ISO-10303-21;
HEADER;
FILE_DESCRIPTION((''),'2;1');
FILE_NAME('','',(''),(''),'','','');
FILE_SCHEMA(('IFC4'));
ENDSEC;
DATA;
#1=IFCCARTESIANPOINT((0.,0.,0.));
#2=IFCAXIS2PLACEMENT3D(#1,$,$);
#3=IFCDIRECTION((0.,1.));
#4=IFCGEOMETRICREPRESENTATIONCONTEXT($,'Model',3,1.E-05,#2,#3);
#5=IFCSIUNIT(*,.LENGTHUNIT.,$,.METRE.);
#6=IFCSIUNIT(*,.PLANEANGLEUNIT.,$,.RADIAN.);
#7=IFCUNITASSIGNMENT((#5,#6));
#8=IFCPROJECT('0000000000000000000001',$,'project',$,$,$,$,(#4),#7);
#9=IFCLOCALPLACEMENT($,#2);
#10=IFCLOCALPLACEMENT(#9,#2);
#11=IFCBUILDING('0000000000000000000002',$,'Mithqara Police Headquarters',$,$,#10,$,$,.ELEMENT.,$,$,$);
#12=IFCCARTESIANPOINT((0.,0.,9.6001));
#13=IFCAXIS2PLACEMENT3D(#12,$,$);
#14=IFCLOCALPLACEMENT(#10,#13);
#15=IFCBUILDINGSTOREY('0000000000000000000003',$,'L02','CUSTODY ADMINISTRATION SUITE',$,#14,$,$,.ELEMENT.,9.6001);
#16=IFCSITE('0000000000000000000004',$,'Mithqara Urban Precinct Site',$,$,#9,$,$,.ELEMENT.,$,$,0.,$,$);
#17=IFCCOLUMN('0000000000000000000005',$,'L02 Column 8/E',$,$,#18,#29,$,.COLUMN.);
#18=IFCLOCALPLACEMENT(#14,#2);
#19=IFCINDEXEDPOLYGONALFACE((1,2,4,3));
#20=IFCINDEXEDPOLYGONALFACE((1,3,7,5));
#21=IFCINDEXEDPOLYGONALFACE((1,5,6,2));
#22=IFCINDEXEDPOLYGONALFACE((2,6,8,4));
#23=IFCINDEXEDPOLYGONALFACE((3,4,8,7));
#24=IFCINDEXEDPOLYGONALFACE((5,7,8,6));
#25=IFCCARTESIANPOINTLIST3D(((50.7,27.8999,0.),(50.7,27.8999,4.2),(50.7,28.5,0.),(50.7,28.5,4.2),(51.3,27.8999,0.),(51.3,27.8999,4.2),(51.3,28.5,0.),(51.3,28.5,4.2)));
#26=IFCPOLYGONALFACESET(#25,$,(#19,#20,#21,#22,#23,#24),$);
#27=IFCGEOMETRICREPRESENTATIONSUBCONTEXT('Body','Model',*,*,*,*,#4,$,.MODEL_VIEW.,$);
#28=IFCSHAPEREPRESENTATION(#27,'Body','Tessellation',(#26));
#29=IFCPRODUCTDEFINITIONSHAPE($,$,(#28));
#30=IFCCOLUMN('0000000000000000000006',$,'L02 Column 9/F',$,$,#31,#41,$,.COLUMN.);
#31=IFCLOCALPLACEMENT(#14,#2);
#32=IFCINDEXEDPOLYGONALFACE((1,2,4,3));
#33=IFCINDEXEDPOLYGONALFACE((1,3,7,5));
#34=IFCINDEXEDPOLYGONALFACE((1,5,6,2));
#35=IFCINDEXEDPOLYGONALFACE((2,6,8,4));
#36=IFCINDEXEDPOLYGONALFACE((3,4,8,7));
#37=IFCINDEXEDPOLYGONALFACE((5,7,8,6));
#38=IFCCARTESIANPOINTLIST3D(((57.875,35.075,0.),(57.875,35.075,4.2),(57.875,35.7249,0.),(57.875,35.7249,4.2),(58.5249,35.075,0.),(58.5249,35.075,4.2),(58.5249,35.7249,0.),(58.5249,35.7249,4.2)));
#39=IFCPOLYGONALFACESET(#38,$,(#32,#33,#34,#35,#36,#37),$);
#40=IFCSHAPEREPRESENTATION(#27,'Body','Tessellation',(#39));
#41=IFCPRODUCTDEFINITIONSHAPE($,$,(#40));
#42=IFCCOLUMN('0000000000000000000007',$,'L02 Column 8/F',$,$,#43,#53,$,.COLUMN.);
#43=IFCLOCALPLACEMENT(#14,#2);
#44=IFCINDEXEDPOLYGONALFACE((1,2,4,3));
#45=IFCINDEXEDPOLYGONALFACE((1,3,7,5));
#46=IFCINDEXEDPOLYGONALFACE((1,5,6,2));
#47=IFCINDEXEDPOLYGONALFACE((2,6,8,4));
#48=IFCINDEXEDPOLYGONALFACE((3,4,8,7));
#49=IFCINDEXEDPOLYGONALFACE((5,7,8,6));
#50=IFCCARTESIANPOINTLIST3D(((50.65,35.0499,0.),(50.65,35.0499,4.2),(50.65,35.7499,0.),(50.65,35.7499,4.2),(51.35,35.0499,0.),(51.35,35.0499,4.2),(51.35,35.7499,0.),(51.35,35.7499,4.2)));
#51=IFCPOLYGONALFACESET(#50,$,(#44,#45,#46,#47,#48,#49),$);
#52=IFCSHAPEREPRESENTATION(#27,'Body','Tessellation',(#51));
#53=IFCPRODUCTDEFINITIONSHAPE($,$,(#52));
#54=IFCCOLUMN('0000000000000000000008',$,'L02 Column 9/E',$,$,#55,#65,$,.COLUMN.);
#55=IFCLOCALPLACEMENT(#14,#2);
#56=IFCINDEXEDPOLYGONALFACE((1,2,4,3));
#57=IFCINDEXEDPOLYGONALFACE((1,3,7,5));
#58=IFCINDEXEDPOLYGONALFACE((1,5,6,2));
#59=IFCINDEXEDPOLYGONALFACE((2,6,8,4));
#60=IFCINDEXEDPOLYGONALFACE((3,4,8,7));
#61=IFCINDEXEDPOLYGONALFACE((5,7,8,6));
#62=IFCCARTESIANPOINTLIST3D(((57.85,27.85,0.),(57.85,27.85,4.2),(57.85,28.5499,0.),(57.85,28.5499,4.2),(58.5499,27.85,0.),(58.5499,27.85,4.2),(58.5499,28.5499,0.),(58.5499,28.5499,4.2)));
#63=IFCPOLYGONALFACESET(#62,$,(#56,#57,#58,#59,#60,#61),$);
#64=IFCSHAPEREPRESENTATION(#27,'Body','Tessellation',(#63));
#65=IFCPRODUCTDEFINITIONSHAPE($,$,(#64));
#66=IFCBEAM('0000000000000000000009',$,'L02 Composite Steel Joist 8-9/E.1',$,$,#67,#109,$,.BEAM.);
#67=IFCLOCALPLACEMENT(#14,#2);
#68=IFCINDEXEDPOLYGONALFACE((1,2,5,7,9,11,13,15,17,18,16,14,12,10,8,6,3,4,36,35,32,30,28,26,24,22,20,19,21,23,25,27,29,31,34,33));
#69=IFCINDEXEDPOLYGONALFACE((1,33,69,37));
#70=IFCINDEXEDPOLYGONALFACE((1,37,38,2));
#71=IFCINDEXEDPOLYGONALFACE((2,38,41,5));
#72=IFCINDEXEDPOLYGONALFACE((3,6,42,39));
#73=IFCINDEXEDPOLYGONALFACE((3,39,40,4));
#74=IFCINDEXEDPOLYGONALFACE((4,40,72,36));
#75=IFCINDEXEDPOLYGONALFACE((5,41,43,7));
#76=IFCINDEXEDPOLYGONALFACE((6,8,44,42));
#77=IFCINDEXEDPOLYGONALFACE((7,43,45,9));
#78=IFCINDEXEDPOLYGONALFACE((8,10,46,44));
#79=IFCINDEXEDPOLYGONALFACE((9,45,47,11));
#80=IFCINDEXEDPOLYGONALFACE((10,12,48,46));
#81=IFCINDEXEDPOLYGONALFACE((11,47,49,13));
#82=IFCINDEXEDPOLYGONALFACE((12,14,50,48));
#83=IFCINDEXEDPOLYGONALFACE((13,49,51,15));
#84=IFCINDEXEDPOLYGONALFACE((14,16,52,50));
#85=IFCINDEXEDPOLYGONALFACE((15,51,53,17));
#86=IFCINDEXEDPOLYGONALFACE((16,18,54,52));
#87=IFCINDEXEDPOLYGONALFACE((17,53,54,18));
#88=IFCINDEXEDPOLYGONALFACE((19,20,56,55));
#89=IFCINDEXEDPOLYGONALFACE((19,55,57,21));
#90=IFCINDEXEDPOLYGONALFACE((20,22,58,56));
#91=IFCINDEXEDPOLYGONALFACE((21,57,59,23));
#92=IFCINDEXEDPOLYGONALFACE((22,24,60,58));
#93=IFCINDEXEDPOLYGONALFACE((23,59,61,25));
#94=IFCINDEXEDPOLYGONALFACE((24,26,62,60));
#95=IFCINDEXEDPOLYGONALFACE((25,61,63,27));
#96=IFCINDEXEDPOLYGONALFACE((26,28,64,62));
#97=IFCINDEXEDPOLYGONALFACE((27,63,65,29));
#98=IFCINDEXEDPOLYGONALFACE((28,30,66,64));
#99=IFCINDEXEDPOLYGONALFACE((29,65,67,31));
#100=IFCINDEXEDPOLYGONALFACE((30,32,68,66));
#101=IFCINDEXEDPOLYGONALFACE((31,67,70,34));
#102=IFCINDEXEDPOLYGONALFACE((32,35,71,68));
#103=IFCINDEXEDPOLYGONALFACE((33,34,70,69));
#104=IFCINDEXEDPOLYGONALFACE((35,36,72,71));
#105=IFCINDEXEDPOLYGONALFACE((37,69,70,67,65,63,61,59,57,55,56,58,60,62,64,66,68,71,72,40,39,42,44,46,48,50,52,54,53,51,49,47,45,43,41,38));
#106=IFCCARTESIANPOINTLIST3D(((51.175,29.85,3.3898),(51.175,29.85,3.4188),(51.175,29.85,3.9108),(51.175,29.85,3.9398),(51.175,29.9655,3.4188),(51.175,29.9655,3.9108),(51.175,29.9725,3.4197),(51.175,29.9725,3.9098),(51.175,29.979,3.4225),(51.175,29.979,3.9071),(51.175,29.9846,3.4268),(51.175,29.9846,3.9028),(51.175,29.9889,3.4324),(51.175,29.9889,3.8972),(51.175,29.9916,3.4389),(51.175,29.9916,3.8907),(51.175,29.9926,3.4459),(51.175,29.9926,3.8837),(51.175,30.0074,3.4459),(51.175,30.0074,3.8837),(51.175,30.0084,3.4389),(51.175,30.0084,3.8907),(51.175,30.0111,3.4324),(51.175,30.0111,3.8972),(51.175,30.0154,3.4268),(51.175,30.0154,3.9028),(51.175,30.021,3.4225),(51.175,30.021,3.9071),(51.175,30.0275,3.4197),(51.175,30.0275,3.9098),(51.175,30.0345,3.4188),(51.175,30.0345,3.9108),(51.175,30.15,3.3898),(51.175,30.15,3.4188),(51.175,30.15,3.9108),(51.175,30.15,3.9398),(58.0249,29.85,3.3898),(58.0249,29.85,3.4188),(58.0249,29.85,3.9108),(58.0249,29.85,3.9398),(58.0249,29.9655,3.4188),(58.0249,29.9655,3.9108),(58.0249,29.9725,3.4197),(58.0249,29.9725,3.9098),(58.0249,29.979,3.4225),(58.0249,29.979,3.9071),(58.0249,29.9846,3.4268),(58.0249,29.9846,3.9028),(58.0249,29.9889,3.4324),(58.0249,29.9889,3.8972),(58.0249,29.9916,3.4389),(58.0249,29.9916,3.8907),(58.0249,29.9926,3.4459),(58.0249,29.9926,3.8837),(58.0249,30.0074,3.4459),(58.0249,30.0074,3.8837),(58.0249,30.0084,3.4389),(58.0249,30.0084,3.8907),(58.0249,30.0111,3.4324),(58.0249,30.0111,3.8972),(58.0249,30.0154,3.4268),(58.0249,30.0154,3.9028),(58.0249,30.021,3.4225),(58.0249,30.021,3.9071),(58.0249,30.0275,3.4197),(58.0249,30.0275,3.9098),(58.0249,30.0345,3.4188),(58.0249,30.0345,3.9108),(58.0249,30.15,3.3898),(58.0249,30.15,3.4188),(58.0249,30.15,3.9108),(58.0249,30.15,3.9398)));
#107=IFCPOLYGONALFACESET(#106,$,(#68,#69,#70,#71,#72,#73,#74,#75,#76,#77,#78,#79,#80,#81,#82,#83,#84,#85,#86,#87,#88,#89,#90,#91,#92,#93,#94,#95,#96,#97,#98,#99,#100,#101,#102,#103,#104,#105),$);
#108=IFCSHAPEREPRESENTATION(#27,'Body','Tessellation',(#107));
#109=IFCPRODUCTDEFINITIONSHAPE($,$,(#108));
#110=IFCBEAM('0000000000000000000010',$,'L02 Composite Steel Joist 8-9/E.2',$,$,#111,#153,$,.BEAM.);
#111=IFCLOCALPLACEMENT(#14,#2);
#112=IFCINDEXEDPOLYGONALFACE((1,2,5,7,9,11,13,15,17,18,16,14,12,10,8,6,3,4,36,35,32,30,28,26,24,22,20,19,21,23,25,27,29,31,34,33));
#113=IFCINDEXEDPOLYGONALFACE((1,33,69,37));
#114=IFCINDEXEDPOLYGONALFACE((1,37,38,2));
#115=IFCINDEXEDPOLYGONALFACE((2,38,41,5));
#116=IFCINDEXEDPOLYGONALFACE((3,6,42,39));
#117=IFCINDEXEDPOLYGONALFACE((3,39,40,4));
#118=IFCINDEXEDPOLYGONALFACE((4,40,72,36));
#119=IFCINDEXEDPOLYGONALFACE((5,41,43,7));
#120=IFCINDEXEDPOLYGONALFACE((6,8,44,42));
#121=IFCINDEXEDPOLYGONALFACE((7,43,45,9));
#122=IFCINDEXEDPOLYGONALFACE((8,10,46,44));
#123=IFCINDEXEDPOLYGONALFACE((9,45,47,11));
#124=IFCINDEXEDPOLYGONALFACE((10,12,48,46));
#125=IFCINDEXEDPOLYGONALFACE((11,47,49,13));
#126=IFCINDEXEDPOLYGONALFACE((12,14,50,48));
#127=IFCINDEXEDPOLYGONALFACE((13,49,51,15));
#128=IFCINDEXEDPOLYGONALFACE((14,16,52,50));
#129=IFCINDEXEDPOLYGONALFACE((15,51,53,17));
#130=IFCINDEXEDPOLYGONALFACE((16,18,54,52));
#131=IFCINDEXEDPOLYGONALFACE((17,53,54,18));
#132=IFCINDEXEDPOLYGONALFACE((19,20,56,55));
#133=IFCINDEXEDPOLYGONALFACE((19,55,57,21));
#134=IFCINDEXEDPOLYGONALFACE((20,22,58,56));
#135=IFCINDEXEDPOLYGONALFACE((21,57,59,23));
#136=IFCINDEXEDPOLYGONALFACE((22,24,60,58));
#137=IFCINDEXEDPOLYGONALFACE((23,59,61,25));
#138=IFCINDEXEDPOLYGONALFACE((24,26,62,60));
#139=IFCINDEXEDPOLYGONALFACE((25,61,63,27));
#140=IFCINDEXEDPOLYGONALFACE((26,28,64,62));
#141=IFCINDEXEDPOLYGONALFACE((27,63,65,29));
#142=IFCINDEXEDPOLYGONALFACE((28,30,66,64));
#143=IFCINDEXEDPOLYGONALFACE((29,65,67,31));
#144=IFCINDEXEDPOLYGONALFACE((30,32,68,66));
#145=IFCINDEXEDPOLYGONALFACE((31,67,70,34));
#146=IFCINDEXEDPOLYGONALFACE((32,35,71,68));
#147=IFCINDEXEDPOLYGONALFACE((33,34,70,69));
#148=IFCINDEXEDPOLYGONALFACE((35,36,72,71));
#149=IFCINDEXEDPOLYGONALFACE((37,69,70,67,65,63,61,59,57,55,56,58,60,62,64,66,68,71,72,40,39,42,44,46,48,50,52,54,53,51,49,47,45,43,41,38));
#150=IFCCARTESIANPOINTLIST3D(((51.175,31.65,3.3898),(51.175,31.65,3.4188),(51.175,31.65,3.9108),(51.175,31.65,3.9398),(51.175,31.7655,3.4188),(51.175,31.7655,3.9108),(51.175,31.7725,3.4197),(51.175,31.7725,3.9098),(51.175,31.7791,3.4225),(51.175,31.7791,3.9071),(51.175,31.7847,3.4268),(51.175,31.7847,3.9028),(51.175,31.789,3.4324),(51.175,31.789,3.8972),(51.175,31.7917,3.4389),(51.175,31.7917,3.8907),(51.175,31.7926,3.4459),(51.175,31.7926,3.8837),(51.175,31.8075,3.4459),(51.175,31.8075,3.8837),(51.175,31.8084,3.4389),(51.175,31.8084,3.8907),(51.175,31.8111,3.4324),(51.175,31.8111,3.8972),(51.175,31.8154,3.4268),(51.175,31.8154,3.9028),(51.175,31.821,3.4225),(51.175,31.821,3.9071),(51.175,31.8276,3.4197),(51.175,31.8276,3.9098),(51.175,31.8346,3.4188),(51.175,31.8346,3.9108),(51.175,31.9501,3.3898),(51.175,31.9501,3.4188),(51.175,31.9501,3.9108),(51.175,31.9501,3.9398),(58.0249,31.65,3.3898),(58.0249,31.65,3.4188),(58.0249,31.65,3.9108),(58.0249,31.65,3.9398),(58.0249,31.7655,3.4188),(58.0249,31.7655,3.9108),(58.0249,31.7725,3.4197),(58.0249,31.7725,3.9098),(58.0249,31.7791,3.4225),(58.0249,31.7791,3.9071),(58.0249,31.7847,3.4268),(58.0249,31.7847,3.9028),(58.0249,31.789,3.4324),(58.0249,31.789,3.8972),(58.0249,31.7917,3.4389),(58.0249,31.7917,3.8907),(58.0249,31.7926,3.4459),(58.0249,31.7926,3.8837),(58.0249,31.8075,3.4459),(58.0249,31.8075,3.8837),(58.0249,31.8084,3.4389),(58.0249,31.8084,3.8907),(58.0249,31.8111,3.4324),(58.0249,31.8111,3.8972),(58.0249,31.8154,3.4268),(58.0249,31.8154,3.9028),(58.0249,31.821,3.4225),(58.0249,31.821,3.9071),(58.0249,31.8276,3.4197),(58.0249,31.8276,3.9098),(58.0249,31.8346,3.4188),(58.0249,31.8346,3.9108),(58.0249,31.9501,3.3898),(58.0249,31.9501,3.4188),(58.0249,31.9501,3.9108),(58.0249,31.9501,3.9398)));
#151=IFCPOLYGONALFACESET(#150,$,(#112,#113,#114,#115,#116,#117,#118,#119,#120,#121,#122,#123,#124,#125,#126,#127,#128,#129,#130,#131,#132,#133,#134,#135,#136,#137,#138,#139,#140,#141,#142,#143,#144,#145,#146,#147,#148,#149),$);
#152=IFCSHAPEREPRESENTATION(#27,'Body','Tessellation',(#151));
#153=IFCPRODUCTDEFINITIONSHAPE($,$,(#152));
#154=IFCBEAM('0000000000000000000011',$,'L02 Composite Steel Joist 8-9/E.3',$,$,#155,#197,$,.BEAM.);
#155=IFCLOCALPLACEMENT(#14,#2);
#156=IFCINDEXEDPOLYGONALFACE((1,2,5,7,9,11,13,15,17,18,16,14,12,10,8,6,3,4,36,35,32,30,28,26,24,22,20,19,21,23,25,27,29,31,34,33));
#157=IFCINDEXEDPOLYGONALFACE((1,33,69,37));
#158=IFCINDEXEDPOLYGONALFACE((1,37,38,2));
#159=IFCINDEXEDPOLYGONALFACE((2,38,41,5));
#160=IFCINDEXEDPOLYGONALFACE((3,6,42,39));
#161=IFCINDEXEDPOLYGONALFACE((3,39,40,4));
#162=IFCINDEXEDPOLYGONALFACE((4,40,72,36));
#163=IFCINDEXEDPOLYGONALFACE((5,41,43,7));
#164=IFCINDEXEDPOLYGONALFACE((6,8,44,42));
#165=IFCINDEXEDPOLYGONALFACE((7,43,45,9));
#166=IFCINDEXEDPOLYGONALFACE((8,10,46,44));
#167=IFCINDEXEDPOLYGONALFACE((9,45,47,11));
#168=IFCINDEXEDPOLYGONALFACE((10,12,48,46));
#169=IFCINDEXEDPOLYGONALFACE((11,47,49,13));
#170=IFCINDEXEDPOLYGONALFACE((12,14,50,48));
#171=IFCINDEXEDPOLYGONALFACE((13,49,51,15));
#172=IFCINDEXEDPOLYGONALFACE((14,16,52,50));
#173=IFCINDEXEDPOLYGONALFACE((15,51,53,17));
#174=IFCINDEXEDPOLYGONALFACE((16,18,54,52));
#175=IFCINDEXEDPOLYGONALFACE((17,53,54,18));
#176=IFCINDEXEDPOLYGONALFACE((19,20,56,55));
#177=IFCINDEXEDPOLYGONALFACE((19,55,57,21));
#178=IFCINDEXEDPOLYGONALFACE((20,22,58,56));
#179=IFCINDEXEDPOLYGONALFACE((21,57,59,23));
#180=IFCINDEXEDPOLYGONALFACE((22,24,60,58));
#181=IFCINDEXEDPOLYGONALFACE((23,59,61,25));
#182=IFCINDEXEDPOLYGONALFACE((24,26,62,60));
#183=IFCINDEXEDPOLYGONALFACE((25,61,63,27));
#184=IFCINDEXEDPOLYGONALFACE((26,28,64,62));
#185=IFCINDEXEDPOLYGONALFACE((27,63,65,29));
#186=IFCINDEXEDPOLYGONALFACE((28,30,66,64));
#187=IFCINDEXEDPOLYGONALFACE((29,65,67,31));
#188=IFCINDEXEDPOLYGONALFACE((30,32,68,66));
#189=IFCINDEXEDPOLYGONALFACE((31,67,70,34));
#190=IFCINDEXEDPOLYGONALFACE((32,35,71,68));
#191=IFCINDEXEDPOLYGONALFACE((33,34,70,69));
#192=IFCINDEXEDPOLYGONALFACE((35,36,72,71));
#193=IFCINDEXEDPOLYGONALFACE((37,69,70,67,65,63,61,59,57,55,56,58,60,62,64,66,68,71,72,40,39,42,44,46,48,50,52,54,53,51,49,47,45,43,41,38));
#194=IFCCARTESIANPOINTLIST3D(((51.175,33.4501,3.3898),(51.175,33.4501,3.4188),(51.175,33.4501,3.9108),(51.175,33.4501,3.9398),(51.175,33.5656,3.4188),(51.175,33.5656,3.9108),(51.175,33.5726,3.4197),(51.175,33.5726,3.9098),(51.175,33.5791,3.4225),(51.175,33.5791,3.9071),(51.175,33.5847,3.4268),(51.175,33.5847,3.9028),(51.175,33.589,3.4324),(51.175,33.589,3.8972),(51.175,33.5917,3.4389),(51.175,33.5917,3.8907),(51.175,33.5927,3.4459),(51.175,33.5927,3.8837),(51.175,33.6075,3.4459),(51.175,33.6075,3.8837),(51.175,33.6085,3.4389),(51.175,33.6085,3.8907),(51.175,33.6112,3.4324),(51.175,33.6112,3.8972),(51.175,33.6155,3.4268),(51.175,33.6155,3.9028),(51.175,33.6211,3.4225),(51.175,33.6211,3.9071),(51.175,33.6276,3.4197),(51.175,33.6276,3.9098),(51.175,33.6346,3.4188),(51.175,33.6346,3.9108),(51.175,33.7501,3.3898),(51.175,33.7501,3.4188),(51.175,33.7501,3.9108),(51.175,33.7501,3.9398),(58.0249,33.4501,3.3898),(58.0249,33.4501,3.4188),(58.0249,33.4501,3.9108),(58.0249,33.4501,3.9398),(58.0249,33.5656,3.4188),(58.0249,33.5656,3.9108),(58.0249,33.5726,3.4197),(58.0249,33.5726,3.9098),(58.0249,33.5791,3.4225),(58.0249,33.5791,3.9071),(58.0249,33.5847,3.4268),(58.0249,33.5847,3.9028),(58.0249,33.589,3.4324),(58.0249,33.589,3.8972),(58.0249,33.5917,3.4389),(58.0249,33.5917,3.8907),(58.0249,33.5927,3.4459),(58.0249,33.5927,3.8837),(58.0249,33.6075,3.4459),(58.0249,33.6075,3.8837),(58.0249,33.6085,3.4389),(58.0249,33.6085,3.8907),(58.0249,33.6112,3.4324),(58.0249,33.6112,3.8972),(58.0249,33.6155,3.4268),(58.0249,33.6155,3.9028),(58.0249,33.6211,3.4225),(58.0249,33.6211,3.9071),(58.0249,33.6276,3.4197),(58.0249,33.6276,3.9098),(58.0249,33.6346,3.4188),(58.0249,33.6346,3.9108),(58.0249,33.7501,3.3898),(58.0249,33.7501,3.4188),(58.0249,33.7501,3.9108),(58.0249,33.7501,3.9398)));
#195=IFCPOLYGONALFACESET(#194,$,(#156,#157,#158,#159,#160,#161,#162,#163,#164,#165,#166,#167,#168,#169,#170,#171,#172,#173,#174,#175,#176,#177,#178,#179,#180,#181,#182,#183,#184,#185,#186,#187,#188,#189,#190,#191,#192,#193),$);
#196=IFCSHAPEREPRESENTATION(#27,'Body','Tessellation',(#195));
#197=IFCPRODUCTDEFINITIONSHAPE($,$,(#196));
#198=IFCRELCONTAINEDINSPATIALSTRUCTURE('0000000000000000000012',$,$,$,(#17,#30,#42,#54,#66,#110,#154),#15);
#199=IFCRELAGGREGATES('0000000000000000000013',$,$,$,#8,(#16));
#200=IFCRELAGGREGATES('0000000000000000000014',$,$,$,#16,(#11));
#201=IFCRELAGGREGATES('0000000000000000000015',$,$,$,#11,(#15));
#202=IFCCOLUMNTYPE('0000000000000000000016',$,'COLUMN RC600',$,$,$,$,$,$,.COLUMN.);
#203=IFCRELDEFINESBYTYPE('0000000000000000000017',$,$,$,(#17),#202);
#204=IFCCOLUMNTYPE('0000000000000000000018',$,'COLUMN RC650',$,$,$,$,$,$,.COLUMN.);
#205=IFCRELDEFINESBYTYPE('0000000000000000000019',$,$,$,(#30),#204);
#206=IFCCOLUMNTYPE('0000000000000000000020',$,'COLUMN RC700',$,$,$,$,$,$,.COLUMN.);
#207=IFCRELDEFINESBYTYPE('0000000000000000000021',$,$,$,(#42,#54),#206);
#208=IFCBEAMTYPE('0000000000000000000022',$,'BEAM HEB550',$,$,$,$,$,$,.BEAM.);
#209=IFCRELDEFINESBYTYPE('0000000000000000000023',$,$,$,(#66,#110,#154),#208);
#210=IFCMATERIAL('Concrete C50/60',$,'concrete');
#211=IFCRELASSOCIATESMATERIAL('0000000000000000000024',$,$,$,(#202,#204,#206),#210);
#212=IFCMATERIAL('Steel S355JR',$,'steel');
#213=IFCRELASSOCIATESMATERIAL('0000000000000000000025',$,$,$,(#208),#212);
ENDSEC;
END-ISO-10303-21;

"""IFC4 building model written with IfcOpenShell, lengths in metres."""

from ifc_helpers import new_model, si_unit, direction, frame, origin, origin_2d, place, context, subcontext, project, spatial, rectangle, i_section, extrude, material, material_profile, profile_set, type_object, element, save


model = new_model("IFC4")

# Units and contexts
model_context = context("Model", 3, precision=1e-05, world=origin(), true_north=direction((0.0, 1.0)))
body_context = subcontext(model_context, "Body", "Model", "MODEL_VIEW")
ifc_project = project(units=[si_unit("LENGTHUNIT", "METRE"), si_unit("PLANEANGLEUNIT", "RADIAN")], contexts=[model_context])

# Site, building, storey
site_placement = place(None, origin())
site = spatial("IfcSite", under=ifc_project, at=site_placement, Name="Mithqara Urban Precinct Site", CompositionType="ELEMENT", RefElevation=0.0)
building_placement = place(site_placement, origin())
building = spatial("IfcBuilding", under=site, at=building_placement, Name="Mithqara Police Headquarters", CompositionType="ELEMENT")
storey_placement = place(building_placement, frame((0.0, 0.0, 9.6001)))
storey = spatial("IfcBuildingStorey", under=building, at=storey_placement, Name="L02", Description="CUSTODY ADMINISTRATION SUITE", CompositionType="ELEMENT", Elevation=9.6001)

# Columns
ifc_material_1 = material(Name="Concrete C50/60", Category="concrete")
ifc_material_profile_1 = material_profile(ifc_material_1, rectangle(XDim=0.6001, YDim=0.6001, at=origin_2d()), Name="RC 600x600")
ifc_profile_set_1 = profile_set([ifc_material_profile_1], Name="Concrete C50/60")
column_type_1 = type_object("IfcColumnType", Name="COLUMN RC600", PredefinedType="COLUMN", material=ifc_profile_set_1)
column_1_placement = place(storey_placement, frame((51.0, 28.2, 0.0), z_axis=(0.0, 0.0, 1.0), x_axis=(1.0, 0.0, 0.0)))
element("IfcColumn", 1, at=column_1_placement, inside=storey, type_object=column_type_1, Name="L02 Column 8/E", PredefinedType="COLUMN", context=body_context, shape_type="SweptSolid", body=[
    extrude(rectangle(XDim=0.6001, YDim=0.6001, at=origin_2d()), origin(), (0.0, 0.0, 1.0), 4.2),
])
ifc_material_profile_2 = material_profile(ifc_material_1, rectangle(XDim=0.6499, YDim=0.6499, at=origin_2d()), Name="RC 650x650")
ifc_profile_set_2 = profile_set([ifc_material_profile_2], Name="Concrete C50/60")
column_type_2 = type_object("IfcColumnType", Name="COLUMN RC650", PredefinedType="COLUMN", material=ifc_profile_set_2)
column_2_placement = place(storey_placement, frame((58.2, 35.3999, 0.0), z_axis=(0.0, 0.0, 1.0), x_axis=(1.0, 0.0, 0.0)))
element("IfcColumn", 2, at=column_2_placement, inside=storey, type_object=column_type_2, Name="L02 Column 9/F", PredefinedType="COLUMN", context=body_context, shape_type="SweptSolid", body=[
    extrude(rectangle(XDim=0.6499, YDim=0.6499, at=origin_2d()), origin(), (0.0, 0.0, 1.0), 4.2),
])
ifc_material_profile_3 = material_profile(ifc_material_1, rectangle(XDim=0.7, YDim=0.7, at=origin_2d()), Name="RC 700x700")
ifc_profile_set_3 = profile_set([ifc_material_profile_3], Name="Concrete C50/60")
column_type_3 = type_object("IfcColumnType", Name="COLUMN RC700", PredefinedType="COLUMN", material=ifc_profile_set_3)
for number, where, z_axis, x_axis, name in (
    (3, (51.0, 35.3999, 0.0), (0.0, 0.0, 1.0), (1.0, 0.0, 0.0), "L02 Column 8/F"),
    (4, (58.2, 28.2, 0.0), (0.0, 0.0, 1.0), (1.0, 0.0, 0.0), "L02 Column 9/E"),
):
    element("IfcColumn", number, at=place(storey_placement, frame(where, z_axis=z_axis, x_axis=x_axis)), inside=storey, type_object=column_type_3, Name=name, PredefinedType="COLUMN", context=body_context, shape_type="SweptSolid", body=[
        extrude(rectangle(XDim=0.7, YDim=0.7, at=origin_2d()), origin(), (0.0, 0.0, 1.0), 4.2),
    ])

# Beams
ifc_material_2 = material(Name="Steel S355JR", Category="steel")
ifc_material_profile_4 = material_profile(ifc_material_2, i_section(OverallWidth=0.3, OverallDepth=0.55, WebThickness=0.0149, FlangeThickness=0.0291, FilletRadius=0.0271, at=origin_2d()), Name="HEB 550")
ifc_profile_set_4 = profile_set([ifc_material_profile_4], Name="Steel S355JR")
beam_type_1 = type_object("IfcBeamType", Name="BEAM HEB550", PredefinedType="BEAM", material=ifc_profile_set_4)
for number, where, z_axis, x_axis, name in (
    (5, (51.175, 30.0, 3.6648), (1.0, 0.0, 0.0), (0.0, 1.0, 0.0), "L02 Composite Steel Joist 8-9/E.1"),
    (6, (51.175, 31.8, 3.6648), (1.0, 0.0, 0.0), (0.0, 1.0, 0.0), "L02 Composite Steel Joist 8-9/E.2"),
    (7, (51.175, 33.6001, 3.6648), (1.0, 0.0, 0.0), (0.0, 1.0, 0.0), "L02 Composite Steel Joist 8-9/E.3"),
):
    element("IfcBeam", number, at=place(storey_placement, frame(where, z_axis=z_axis, x_axis=x_axis)), inside=storey, type_object=beam_type_1, Name=name, PredefinedType="BEAM", context=body_context, shape_type="SweptSolid", body=[
        extrude(i_section(OverallWidth=0.3, OverallDepth=0.55, WebThickness=0.0149, FlangeThickness=0.0291, FilletRadius=0.0271, at=origin_2d()), origin(), (0.0, 0.0, 1.0), 6.8499),
    ])

save(model, "model.ifc")
